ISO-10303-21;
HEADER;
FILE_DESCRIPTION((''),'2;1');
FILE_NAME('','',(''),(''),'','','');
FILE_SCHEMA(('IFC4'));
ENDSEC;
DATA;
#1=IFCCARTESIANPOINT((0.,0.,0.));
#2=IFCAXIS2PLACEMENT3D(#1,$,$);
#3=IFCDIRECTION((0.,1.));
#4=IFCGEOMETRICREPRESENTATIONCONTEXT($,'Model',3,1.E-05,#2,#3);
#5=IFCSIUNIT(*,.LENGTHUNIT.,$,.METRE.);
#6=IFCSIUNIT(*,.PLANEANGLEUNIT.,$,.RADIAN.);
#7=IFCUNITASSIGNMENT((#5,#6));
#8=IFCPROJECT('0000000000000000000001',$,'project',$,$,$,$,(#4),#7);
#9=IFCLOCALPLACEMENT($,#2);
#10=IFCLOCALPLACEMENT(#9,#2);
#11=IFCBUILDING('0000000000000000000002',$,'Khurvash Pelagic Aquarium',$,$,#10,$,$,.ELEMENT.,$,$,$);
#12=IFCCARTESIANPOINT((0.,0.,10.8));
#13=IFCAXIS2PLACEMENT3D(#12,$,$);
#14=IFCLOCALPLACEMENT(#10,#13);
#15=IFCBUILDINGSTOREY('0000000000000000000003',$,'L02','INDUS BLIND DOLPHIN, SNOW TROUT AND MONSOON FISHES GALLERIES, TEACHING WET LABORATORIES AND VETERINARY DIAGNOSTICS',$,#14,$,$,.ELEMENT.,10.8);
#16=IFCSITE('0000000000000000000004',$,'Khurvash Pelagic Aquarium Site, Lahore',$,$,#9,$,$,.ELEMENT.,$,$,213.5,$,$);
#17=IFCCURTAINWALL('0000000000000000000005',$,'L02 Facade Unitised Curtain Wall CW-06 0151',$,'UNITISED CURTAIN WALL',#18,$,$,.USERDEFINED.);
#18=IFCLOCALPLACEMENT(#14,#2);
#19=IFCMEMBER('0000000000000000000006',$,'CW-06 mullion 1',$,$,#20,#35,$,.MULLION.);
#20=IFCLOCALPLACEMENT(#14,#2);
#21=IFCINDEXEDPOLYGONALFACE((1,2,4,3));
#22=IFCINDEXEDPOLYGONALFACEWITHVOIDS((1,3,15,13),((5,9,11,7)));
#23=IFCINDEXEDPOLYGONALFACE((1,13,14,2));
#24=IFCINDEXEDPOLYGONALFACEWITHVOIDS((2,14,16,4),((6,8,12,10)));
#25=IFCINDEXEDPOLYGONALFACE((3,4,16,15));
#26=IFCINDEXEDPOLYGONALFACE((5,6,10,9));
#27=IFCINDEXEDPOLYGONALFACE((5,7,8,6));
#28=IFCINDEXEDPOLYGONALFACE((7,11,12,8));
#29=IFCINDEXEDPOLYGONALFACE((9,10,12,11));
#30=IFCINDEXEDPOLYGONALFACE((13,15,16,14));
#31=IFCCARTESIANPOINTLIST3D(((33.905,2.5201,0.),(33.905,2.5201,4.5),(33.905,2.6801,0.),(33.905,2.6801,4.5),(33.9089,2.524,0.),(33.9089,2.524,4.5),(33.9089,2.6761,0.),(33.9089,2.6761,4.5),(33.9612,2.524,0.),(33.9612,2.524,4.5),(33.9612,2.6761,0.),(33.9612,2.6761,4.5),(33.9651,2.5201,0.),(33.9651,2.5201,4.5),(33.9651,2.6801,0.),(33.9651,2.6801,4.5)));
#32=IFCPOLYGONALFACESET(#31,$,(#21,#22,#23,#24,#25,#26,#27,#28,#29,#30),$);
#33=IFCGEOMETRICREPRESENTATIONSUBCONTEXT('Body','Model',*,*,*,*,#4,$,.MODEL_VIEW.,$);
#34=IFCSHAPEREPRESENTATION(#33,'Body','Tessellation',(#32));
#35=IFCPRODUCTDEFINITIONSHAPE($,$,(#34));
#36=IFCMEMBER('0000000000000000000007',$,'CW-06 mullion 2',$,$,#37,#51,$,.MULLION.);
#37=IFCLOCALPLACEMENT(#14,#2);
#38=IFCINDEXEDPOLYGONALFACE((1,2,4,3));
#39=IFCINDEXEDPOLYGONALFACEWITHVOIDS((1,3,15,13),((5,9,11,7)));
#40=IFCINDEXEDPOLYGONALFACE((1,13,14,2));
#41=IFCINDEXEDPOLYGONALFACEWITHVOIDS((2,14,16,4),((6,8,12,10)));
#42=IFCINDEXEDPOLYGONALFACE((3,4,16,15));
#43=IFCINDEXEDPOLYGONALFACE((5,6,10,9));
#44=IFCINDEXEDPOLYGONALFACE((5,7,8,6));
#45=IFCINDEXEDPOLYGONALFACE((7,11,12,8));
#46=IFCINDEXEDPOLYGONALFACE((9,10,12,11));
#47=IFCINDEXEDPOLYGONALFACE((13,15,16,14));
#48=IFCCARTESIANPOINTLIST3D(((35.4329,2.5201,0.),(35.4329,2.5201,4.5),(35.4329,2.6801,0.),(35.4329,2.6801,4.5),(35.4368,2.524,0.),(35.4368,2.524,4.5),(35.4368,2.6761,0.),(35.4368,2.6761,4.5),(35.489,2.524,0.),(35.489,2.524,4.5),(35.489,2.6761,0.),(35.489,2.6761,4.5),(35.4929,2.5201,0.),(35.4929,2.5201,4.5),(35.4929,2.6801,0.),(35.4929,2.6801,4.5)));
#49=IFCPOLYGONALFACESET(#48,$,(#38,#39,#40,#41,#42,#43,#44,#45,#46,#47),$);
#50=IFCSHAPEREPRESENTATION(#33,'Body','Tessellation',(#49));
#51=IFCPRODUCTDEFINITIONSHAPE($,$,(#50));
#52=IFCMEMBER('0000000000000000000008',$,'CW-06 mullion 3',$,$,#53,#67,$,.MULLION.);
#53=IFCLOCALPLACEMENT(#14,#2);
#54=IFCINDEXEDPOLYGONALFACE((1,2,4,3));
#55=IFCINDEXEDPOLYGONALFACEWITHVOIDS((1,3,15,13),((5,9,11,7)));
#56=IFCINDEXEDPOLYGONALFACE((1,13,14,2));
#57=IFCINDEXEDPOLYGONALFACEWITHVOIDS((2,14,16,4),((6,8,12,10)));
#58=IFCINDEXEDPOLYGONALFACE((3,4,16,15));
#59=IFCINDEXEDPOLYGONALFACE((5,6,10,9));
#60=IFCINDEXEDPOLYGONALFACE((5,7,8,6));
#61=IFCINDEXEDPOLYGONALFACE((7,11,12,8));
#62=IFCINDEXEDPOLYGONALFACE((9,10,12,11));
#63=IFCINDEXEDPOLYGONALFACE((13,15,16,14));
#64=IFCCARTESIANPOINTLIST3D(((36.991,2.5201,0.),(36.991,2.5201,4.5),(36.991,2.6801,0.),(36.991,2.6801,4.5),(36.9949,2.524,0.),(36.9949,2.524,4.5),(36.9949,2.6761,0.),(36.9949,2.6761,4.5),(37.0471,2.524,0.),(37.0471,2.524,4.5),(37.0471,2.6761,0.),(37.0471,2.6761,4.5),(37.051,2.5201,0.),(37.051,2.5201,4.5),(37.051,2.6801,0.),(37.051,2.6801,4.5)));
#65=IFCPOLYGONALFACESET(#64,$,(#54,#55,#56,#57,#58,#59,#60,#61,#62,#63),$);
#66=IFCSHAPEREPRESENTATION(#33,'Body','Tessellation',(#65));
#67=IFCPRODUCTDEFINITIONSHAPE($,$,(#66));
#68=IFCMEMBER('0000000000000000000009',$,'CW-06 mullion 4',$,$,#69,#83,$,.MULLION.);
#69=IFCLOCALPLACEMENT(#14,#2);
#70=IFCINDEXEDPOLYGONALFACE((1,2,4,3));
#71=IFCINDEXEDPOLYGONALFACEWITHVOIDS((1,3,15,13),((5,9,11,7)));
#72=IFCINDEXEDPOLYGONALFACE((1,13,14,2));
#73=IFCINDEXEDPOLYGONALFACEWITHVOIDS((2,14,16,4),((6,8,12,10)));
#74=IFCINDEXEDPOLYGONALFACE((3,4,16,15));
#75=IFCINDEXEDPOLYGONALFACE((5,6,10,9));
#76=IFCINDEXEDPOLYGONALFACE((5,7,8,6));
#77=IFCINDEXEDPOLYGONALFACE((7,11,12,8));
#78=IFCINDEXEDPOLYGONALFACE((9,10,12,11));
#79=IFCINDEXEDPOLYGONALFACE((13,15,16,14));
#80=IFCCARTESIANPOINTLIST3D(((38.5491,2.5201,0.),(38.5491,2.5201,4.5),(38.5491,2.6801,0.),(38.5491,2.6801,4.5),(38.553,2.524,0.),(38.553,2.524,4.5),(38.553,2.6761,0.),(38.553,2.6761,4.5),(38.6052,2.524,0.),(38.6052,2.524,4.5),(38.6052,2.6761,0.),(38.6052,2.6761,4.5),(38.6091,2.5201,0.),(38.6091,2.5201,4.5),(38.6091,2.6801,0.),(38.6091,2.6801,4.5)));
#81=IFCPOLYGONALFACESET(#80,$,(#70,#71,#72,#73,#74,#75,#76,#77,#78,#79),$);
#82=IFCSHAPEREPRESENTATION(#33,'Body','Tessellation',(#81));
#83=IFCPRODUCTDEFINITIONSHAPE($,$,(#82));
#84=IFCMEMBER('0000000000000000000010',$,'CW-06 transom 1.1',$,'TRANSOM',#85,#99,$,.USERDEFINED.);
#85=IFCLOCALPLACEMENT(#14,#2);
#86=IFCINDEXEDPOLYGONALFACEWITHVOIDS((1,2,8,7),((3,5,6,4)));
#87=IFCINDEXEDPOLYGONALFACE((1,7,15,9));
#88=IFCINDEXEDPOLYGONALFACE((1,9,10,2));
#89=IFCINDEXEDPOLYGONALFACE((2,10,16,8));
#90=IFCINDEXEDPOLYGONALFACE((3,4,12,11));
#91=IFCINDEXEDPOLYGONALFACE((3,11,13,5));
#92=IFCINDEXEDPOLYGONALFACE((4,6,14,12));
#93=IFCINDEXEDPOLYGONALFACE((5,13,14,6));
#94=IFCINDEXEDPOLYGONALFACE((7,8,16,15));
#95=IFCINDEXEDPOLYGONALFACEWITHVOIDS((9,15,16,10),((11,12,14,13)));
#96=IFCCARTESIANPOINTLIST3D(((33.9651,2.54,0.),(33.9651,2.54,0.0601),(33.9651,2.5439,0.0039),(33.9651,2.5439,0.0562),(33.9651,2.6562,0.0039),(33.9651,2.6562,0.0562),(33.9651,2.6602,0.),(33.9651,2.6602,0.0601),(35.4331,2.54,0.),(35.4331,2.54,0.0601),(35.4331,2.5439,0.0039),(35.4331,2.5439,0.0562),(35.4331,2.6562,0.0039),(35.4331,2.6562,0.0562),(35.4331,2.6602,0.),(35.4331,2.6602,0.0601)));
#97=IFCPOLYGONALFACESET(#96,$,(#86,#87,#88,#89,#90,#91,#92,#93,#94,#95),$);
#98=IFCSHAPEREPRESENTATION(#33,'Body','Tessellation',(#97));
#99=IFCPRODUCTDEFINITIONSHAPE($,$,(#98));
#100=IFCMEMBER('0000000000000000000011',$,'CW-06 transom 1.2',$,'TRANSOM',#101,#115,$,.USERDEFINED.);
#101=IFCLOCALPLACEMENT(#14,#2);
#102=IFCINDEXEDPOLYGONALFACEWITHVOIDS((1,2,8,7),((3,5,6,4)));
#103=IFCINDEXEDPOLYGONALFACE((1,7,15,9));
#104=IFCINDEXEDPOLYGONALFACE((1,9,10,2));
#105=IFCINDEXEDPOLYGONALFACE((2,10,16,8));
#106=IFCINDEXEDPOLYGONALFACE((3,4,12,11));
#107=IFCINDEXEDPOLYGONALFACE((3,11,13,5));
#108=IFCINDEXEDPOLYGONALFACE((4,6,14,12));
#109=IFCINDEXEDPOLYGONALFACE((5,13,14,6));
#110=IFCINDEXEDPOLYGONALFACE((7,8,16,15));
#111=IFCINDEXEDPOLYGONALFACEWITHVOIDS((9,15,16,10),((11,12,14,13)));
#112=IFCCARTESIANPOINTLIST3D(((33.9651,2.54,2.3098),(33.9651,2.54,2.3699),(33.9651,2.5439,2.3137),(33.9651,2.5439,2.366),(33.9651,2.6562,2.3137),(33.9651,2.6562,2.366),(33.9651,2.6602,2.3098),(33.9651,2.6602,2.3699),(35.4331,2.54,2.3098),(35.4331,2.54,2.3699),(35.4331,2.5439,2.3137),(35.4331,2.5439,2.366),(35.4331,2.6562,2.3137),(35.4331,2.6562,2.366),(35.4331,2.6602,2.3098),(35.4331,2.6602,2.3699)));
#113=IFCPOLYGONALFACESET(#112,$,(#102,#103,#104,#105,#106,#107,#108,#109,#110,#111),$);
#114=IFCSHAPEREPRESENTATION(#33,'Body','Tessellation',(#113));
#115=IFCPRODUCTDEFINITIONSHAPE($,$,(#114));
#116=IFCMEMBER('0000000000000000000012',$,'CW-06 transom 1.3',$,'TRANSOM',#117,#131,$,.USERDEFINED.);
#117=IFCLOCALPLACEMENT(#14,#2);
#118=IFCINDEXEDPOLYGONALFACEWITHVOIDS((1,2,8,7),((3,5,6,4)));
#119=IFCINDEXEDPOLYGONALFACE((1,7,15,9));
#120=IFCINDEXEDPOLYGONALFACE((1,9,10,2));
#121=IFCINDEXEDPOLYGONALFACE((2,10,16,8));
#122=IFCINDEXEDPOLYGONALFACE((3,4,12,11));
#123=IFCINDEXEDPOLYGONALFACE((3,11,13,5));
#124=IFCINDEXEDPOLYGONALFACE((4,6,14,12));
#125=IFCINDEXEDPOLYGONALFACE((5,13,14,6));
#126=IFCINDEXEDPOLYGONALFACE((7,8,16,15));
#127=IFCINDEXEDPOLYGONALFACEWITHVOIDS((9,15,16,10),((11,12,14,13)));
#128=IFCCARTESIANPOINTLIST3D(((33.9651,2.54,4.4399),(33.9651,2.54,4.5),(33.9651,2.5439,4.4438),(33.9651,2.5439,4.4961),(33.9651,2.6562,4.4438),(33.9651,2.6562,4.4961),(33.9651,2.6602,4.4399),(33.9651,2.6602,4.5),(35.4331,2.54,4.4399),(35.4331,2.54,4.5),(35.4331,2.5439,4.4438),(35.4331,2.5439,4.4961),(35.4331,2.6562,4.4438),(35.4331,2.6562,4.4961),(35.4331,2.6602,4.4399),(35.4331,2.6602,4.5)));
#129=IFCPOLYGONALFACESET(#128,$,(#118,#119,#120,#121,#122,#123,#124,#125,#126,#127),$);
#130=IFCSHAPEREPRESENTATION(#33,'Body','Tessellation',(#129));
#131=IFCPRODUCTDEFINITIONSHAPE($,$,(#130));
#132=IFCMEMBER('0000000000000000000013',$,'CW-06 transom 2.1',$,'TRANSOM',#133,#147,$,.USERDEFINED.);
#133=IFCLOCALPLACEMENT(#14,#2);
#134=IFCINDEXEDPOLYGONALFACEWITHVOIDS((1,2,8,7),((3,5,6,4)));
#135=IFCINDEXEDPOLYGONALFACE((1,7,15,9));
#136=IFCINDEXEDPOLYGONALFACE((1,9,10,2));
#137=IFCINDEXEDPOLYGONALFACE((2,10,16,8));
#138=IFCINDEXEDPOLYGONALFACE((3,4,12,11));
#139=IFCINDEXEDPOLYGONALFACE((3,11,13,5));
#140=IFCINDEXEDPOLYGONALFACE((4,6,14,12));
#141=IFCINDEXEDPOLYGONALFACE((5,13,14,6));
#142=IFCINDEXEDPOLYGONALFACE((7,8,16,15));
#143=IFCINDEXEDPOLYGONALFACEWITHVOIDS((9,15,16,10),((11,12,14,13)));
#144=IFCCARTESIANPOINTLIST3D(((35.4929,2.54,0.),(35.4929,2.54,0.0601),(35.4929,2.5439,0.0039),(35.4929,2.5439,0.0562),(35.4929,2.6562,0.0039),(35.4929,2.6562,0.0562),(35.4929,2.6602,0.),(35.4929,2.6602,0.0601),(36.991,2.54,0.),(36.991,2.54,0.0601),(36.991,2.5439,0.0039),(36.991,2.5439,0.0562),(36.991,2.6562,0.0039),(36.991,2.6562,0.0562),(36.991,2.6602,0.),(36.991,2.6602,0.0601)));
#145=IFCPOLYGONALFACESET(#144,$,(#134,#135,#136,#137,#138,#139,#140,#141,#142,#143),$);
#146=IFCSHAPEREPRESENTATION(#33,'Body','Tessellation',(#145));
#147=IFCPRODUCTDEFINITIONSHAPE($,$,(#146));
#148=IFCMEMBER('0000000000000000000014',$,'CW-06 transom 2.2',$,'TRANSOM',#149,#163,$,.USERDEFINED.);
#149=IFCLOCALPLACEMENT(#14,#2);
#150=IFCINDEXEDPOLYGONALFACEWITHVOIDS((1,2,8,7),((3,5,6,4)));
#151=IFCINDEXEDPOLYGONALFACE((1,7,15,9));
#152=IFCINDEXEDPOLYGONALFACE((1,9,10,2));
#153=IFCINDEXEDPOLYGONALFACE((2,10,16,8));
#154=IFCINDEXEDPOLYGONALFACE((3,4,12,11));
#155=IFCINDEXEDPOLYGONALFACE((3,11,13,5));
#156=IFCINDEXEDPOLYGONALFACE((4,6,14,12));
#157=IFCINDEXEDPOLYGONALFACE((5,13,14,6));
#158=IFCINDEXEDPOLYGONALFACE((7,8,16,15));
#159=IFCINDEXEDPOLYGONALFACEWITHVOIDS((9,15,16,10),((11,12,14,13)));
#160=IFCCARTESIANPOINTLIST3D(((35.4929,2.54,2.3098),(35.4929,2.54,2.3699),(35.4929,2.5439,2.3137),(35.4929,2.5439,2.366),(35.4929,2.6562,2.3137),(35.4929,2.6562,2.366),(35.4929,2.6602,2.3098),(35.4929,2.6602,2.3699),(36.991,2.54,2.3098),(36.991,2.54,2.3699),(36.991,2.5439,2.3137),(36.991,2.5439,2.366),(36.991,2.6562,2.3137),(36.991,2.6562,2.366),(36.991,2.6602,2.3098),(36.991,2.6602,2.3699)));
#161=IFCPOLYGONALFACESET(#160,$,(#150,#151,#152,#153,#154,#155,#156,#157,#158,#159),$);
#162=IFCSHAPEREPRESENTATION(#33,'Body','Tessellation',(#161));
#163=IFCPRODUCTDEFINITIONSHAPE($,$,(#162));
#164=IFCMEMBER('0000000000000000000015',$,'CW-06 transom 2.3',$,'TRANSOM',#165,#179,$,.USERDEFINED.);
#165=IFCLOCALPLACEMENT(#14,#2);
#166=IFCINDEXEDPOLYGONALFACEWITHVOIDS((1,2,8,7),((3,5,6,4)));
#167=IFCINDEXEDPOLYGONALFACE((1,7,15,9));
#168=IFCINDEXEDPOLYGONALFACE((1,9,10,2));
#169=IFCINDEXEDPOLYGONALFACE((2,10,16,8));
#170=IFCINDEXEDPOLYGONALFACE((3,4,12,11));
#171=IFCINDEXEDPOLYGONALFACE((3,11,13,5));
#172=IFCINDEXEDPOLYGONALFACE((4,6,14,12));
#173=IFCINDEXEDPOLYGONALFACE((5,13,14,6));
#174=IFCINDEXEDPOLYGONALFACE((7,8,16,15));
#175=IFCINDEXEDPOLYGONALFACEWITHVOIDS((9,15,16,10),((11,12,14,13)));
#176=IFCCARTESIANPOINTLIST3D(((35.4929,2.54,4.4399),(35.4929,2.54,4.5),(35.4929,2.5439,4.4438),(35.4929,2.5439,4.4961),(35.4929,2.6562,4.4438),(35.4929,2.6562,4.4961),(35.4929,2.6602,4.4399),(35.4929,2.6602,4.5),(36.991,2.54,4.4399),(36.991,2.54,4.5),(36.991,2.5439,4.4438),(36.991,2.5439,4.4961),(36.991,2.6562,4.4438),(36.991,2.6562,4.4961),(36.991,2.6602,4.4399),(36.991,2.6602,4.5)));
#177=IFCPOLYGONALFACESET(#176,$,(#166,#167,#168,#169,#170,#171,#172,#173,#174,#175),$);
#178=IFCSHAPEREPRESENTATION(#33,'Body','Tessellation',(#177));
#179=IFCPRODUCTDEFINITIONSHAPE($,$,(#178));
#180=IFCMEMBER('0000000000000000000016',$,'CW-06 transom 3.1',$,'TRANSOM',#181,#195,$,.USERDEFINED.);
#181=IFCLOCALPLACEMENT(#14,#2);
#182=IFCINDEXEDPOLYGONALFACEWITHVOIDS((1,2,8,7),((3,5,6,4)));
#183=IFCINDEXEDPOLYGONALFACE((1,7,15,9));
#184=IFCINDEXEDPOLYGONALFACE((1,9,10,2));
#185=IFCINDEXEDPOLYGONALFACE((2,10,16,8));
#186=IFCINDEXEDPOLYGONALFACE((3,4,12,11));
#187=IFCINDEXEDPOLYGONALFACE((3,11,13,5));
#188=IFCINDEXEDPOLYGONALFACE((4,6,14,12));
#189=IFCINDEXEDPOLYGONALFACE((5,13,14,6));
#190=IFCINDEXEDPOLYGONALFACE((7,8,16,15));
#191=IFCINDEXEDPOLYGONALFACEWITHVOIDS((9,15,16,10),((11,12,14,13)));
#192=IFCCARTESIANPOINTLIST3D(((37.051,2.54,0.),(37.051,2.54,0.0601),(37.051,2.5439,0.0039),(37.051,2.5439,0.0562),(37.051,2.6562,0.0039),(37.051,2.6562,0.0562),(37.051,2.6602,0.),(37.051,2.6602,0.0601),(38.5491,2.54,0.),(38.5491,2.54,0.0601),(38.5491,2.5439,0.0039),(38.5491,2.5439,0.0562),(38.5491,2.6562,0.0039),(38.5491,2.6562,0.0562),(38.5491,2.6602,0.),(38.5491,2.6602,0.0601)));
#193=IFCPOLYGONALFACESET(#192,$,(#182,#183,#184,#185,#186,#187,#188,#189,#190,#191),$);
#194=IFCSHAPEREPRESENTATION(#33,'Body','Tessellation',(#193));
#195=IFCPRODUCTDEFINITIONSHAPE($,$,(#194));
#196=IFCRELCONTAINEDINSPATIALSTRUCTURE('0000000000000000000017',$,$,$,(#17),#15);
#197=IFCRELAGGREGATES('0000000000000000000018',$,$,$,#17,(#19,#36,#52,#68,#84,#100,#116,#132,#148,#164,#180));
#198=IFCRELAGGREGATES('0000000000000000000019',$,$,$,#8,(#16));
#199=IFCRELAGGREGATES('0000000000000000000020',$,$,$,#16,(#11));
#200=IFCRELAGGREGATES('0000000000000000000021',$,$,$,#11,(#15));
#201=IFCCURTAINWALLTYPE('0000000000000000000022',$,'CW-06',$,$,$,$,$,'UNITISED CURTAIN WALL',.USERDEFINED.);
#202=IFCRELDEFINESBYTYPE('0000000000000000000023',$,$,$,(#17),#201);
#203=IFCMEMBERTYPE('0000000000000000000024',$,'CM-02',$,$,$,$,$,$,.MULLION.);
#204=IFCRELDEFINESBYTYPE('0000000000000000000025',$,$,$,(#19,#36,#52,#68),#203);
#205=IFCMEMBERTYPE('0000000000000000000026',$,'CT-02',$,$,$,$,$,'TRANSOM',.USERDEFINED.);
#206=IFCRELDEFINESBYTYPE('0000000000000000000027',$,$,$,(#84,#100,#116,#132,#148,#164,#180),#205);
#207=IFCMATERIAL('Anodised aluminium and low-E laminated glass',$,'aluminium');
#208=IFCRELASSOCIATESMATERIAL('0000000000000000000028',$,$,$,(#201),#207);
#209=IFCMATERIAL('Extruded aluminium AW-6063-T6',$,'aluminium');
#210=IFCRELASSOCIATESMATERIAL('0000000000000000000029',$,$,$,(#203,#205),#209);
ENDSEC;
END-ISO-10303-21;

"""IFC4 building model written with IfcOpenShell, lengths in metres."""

from ifc_helpers import new_model, si_unit, direction, frame, origin, origin_2d, place, context, subcontext, project, spatial, hollow_rectangle, extrude, material, material_profile, profile_set, type_object, element, aggregate, save


model = new_model("IFC4")

# Units and contexts
model_context = context("Model", 3, precision=1e-05, world=origin(), true_north=direction((0.0, 1.0)))
body_context = subcontext(model_context, "Body", "Model", "MODEL_VIEW")
ifc_project = project(units=[si_unit("LENGTHUNIT", "METRE"), si_unit("PLANEANGLEUNIT", "RADIAN")], contexts=[model_context])

# Site, building, storey
site_placement = place(None, origin())
site = spatial("IfcSite", under=ifc_project, at=site_placement, Name="Khurvash Pelagic Aquarium Site, Lahore", CompositionType="ELEMENT", RefElevation=213.5)
building_placement = place(site_placement, origin())
building = spatial("IfcBuilding", under=site, at=building_placement, Name="Khurvash Pelagic Aquarium", CompositionType="ELEMENT")
storey_placement = place(building_placement, frame((0.0, 0.0, 10.8)))
storey = spatial("IfcBuildingStorey", under=building, at=storey_placement, Name="L02", Description="INDUS BLIND DOLPHIN, SNOW TROUT AND MONSOON FISHES GALLERIES, TEACHING WET LABORATORIES AND VETERINARY DIAGNOSTICS", CompositionType="ELEMENT", Elevation=10.8)

# Curtain wall, members
ifc_material_1 = material(Name="Anodised aluminium and low-E laminated glass", Category="aluminium")
curtain_wall_type = type_object("IfcCurtainWallType", Name="CW-06", ElementType="UNITISED CURTAIN WALL", PredefinedType="USERDEFINED", material=ifc_material_1)
curtain_wall_placement = place(storey_placement, origin())
curtain_wall = element("IfcCurtainWall", 1, at=curtain_wall_placement, inside=storey, type_object=curtain_wall_type, Name="L02 Facade Unitised Curtain Wall CW-06 0151", ObjectType="UNITISED CURTAIN WALL", PredefinedType="USERDEFINED")
ifc_material_2 = material(Name="Extruded aluminium AW-6063-T6", Category="aluminium")
ifc_material_profile_1 = material_profile(ifc_material_2, hollow_rectangle(XDim=0.0601, YDim=0.1599, WallThickness=0.0039, at=origin_2d()), Name="CWM60X160X4")
ifc_profile_set_1 = profile_set([ifc_material_profile_1], Name="Extruded aluminium AW-6063-T6")
member_type_1 = type_object("IfcMemberType", Name="CM-02", PredefinedType="MULLION", material=ifc_profile_set_1)
member_1_placement = place(storey_placement, frame((33.9351, 2.6001, 0.0), z_axis=(0.0, 0.0, 1.0), x_axis=(1.0, 0.0, 0.0)))
member_1 = element("IfcMember", 2, at=member_1_placement, type_object=member_type_1, Name="CW-06 mullion 1", PredefinedType="MULLION", context=body_context, shape_type="SweptSolid", body=[
    extrude(hollow_rectangle(XDim=0.0601, YDim=0.1599, WallThickness=0.0039, at=origin_2d()), origin(), (0.0, 0.0, 1.0), 4.5),
])
member_2_placement = place(storey_placement, frame((35.4629, 2.6001, 0.0), z_axis=(0.0, 0.0, 1.0), x_axis=(1.0, 0.0, 0.0)))
member_2 = element("IfcMember", 3, at=member_2_placement, type_object=member_type_1, Name="CW-06 mullion 2", PredefinedType="MULLION", context=body_context, shape_type="SweptSolid", body=[
    extrude(hollow_rectangle(XDim=0.0601, YDim=0.1599, WallThickness=0.0039, at=origin_2d()), origin(), (0.0, 0.0, 1.0), 4.5),
])
member_3_placement = place(storey_placement, frame((37.021, 2.6001, 0.0), z_axis=(0.0, 0.0, 1.0), x_axis=(1.0, 0.0, 0.0)))
member_3 = element("IfcMember", 4, at=member_3_placement, type_object=member_type_1, Name="CW-06 mullion 3", PredefinedType="MULLION", context=body_context, shape_type="SweptSolid", body=[
    extrude(hollow_rectangle(XDim=0.0601, YDim=0.1599, WallThickness=0.0039, at=origin_2d()), origin(), (0.0, 0.0, 1.0), 4.5),
])
member_4_placement = place(storey_placement, frame((38.5791, 2.6001, 0.0), z_axis=(0.0, 0.0, 1.0), x_axis=(1.0, 0.0, 0.0)))
member_4 = element("IfcMember", 5, at=member_4_placement, type_object=member_type_1, Name="CW-06 mullion 4", PredefinedType="MULLION", context=body_context, shape_type="SweptSolid", body=[
    extrude(hollow_rectangle(XDim=0.0601, YDim=0.1599, WallThickness=0.0039, at=origin_2d()), origin(), (0.0, 0.0, 1.0), 4.5),
])
ifc_material_profile_2 = material_profile(ifc_material_2, hollow_rectangle(XDim=0.1201, YDim=0.0601, WallThickness=0.0039, at=origin_2d()), Name="CWT120X60X4")
ifc_profile_set_2 = profile_set([ifc_material_profile_2], Name="Extruded aluminium AW-6063-T6")
member_type_2 = type_object("IfcMemberType", Name="CT-02", ElementType="TRANSOM", PredefinedType="USERDEFINED", material=ifc_profile_set_2)
member_5_placement = place(storey_placement, frame((33.9651, 2.6001, 0.03), z_axis=(1.0, 0.0, 0.0), x_axis=(0.0, 1.0, 0.0)))
member_5 = element("IfcMember", 6, at=member_5_placement, type_object=member_type_2, Name="CW-06 transom 1.1", ObjectType="TRANSOM", PredefinedType="USERDEFINED", context=body_context, shape_type="SweptSolid", body=[
    extrude(hollow_rectangle(XDim=0.1201, YDim=0.0601, WallThickness=0.0039, at=origin_2d()), origin(), (0.0, 0.0, 1.0), 1.468),
])
member_6_placement = place(storey_placement, frame((33.9651, 2.6001, 2.3398), z_axis=(1.0, 0.0, 0.0), x_axis=(0.0, 1.0, 0.0)))
member_6 = element("IfcMember", 7, at=member_6_placement, type_object=member_type_2, Name="CW-06 transom 1.2", ObjectType="TRANSOM", PredefinedType="USERDEFINED", context=body_context, shape_type="SweptSolid", body=[
    extrude(hollow_rectangle(XDim=0.1201, YDim=0.0601, WallThickness=0.0039, at=origin_2d()), origin(), (0.0, 0.0, 1.0), 1.468),
])
member_7_placement = place(storey_placement, frame((33.9651, 2.6001, 4.47), z_axis=(1.0, 0.0, 0.0), x_axis=(0.0, 1.0, 0.0)))
member_7 = element("IfcMember", 8, at=member_7_placement, type_object=member_type_2, Name="CW-06 transom 1.3", ObjectType="TRANSOM", PredefinedType="USERDEFINED", context=body_context, shape_type="SweptSolid", body=[
    extrude(hollow_rectangle(XDim=0.1201, YDim=0.0601, WallThickness=0.0039, at=origin_2d()), origin(), (0.0, 0.0, 1.0), 1.468),
])
member_8_placement = place(storey_placement, frame((35.4929, 2.6001, 0.03), z_axis=(1.0, 0.0, 0.0), x_axis=(0.0, 1.0, 0.0)))
member_8 = element("IfcMember", 9, at=member_8_placement, type_object=member_type_2, Name="CW-06 transom 2.1", ObjectType="TRANSOM", PredefinedType="USERDEFINED", context=body_context, shape_type="SweptSolid", body=[
    extrude(hollow_rectangle(XDim=0.1201, YDim=0.0601, WallThickness=0.0039, at=origin_2d()), origin(), (0.0, 0.0, 1.0), 1.498),
])
member_9_placement = place(storey_placement, frame((35.4929, 2.6001, 2.3398), z_axis=(1.0, 0.0, 0.0), x_axis=(0.0, 1.0, 0.0)))
member_9 = element("IfcMember", 10, at=member_9_placement, type_object=member_type_2, Name="CW-06 transom 2.2", ObjectType="TRANSOM", PredefinedType="USERDEFINED", context=body_context, shape_type="SweptSolid", body=[
    extrude(hollow_rectangle(XDim=0.1201, YDim=0.0601, WallThickness=0.0039, at=origin_2d()), origin(), (0.0, 0.0, 1.0), 1.498),
])
member_10_placement = place(storey_placement, frame((35.4929, 2.6001, 4.47), z_axis=(1.0, 0.0, 0.0), x_axis=(0.0, 1.0, 0.0)))
member_10 = element("IfcMember", 11, at=member_10_placement, type_object=member_type_2, Name="CW-06 transom 2.3", ObjectType="TRANSOM", PredefinedType="USERDEFINED", context=body_context, shape_type="SweptSolid", body=[
    extrude(hollow_rectangle(XDim=0.1201, YDim=0.0601, WallThickness=0.0039, at=origin_2d()), origin(), (0.0, 0.0, 1.0), 1.498),
])
member_11_placement = place(storey_placement, frame((37.051, 2.6001, 0.03), z_axis=(1.0, 0.0, 0.0), x_axis=(0.0, 1.0, 0.0)))
member_11 = element("IfcMember", 12, at=member_11_placement, type_object=member_type_2, Name="CW-06 transom 3.1", ObjectType="TRANSOM", PredefinedType="USERDEFINED", context=body_context, shape_type="SweptSolid", body=[
    extrude(hollow_rectangle(XDim=0.1201, YDim=0.0601, WallThickness=0.0039, at=origin_2d()), origin(), (0.0, 0.0, 1.0), 1.498),
])

aggregate(curtain_wall, [member_1, member_2, member_3, member_4, member_5, member_6, member_7, member_8, member_9, member_10, member_11])

save(model, "model.ifc")
